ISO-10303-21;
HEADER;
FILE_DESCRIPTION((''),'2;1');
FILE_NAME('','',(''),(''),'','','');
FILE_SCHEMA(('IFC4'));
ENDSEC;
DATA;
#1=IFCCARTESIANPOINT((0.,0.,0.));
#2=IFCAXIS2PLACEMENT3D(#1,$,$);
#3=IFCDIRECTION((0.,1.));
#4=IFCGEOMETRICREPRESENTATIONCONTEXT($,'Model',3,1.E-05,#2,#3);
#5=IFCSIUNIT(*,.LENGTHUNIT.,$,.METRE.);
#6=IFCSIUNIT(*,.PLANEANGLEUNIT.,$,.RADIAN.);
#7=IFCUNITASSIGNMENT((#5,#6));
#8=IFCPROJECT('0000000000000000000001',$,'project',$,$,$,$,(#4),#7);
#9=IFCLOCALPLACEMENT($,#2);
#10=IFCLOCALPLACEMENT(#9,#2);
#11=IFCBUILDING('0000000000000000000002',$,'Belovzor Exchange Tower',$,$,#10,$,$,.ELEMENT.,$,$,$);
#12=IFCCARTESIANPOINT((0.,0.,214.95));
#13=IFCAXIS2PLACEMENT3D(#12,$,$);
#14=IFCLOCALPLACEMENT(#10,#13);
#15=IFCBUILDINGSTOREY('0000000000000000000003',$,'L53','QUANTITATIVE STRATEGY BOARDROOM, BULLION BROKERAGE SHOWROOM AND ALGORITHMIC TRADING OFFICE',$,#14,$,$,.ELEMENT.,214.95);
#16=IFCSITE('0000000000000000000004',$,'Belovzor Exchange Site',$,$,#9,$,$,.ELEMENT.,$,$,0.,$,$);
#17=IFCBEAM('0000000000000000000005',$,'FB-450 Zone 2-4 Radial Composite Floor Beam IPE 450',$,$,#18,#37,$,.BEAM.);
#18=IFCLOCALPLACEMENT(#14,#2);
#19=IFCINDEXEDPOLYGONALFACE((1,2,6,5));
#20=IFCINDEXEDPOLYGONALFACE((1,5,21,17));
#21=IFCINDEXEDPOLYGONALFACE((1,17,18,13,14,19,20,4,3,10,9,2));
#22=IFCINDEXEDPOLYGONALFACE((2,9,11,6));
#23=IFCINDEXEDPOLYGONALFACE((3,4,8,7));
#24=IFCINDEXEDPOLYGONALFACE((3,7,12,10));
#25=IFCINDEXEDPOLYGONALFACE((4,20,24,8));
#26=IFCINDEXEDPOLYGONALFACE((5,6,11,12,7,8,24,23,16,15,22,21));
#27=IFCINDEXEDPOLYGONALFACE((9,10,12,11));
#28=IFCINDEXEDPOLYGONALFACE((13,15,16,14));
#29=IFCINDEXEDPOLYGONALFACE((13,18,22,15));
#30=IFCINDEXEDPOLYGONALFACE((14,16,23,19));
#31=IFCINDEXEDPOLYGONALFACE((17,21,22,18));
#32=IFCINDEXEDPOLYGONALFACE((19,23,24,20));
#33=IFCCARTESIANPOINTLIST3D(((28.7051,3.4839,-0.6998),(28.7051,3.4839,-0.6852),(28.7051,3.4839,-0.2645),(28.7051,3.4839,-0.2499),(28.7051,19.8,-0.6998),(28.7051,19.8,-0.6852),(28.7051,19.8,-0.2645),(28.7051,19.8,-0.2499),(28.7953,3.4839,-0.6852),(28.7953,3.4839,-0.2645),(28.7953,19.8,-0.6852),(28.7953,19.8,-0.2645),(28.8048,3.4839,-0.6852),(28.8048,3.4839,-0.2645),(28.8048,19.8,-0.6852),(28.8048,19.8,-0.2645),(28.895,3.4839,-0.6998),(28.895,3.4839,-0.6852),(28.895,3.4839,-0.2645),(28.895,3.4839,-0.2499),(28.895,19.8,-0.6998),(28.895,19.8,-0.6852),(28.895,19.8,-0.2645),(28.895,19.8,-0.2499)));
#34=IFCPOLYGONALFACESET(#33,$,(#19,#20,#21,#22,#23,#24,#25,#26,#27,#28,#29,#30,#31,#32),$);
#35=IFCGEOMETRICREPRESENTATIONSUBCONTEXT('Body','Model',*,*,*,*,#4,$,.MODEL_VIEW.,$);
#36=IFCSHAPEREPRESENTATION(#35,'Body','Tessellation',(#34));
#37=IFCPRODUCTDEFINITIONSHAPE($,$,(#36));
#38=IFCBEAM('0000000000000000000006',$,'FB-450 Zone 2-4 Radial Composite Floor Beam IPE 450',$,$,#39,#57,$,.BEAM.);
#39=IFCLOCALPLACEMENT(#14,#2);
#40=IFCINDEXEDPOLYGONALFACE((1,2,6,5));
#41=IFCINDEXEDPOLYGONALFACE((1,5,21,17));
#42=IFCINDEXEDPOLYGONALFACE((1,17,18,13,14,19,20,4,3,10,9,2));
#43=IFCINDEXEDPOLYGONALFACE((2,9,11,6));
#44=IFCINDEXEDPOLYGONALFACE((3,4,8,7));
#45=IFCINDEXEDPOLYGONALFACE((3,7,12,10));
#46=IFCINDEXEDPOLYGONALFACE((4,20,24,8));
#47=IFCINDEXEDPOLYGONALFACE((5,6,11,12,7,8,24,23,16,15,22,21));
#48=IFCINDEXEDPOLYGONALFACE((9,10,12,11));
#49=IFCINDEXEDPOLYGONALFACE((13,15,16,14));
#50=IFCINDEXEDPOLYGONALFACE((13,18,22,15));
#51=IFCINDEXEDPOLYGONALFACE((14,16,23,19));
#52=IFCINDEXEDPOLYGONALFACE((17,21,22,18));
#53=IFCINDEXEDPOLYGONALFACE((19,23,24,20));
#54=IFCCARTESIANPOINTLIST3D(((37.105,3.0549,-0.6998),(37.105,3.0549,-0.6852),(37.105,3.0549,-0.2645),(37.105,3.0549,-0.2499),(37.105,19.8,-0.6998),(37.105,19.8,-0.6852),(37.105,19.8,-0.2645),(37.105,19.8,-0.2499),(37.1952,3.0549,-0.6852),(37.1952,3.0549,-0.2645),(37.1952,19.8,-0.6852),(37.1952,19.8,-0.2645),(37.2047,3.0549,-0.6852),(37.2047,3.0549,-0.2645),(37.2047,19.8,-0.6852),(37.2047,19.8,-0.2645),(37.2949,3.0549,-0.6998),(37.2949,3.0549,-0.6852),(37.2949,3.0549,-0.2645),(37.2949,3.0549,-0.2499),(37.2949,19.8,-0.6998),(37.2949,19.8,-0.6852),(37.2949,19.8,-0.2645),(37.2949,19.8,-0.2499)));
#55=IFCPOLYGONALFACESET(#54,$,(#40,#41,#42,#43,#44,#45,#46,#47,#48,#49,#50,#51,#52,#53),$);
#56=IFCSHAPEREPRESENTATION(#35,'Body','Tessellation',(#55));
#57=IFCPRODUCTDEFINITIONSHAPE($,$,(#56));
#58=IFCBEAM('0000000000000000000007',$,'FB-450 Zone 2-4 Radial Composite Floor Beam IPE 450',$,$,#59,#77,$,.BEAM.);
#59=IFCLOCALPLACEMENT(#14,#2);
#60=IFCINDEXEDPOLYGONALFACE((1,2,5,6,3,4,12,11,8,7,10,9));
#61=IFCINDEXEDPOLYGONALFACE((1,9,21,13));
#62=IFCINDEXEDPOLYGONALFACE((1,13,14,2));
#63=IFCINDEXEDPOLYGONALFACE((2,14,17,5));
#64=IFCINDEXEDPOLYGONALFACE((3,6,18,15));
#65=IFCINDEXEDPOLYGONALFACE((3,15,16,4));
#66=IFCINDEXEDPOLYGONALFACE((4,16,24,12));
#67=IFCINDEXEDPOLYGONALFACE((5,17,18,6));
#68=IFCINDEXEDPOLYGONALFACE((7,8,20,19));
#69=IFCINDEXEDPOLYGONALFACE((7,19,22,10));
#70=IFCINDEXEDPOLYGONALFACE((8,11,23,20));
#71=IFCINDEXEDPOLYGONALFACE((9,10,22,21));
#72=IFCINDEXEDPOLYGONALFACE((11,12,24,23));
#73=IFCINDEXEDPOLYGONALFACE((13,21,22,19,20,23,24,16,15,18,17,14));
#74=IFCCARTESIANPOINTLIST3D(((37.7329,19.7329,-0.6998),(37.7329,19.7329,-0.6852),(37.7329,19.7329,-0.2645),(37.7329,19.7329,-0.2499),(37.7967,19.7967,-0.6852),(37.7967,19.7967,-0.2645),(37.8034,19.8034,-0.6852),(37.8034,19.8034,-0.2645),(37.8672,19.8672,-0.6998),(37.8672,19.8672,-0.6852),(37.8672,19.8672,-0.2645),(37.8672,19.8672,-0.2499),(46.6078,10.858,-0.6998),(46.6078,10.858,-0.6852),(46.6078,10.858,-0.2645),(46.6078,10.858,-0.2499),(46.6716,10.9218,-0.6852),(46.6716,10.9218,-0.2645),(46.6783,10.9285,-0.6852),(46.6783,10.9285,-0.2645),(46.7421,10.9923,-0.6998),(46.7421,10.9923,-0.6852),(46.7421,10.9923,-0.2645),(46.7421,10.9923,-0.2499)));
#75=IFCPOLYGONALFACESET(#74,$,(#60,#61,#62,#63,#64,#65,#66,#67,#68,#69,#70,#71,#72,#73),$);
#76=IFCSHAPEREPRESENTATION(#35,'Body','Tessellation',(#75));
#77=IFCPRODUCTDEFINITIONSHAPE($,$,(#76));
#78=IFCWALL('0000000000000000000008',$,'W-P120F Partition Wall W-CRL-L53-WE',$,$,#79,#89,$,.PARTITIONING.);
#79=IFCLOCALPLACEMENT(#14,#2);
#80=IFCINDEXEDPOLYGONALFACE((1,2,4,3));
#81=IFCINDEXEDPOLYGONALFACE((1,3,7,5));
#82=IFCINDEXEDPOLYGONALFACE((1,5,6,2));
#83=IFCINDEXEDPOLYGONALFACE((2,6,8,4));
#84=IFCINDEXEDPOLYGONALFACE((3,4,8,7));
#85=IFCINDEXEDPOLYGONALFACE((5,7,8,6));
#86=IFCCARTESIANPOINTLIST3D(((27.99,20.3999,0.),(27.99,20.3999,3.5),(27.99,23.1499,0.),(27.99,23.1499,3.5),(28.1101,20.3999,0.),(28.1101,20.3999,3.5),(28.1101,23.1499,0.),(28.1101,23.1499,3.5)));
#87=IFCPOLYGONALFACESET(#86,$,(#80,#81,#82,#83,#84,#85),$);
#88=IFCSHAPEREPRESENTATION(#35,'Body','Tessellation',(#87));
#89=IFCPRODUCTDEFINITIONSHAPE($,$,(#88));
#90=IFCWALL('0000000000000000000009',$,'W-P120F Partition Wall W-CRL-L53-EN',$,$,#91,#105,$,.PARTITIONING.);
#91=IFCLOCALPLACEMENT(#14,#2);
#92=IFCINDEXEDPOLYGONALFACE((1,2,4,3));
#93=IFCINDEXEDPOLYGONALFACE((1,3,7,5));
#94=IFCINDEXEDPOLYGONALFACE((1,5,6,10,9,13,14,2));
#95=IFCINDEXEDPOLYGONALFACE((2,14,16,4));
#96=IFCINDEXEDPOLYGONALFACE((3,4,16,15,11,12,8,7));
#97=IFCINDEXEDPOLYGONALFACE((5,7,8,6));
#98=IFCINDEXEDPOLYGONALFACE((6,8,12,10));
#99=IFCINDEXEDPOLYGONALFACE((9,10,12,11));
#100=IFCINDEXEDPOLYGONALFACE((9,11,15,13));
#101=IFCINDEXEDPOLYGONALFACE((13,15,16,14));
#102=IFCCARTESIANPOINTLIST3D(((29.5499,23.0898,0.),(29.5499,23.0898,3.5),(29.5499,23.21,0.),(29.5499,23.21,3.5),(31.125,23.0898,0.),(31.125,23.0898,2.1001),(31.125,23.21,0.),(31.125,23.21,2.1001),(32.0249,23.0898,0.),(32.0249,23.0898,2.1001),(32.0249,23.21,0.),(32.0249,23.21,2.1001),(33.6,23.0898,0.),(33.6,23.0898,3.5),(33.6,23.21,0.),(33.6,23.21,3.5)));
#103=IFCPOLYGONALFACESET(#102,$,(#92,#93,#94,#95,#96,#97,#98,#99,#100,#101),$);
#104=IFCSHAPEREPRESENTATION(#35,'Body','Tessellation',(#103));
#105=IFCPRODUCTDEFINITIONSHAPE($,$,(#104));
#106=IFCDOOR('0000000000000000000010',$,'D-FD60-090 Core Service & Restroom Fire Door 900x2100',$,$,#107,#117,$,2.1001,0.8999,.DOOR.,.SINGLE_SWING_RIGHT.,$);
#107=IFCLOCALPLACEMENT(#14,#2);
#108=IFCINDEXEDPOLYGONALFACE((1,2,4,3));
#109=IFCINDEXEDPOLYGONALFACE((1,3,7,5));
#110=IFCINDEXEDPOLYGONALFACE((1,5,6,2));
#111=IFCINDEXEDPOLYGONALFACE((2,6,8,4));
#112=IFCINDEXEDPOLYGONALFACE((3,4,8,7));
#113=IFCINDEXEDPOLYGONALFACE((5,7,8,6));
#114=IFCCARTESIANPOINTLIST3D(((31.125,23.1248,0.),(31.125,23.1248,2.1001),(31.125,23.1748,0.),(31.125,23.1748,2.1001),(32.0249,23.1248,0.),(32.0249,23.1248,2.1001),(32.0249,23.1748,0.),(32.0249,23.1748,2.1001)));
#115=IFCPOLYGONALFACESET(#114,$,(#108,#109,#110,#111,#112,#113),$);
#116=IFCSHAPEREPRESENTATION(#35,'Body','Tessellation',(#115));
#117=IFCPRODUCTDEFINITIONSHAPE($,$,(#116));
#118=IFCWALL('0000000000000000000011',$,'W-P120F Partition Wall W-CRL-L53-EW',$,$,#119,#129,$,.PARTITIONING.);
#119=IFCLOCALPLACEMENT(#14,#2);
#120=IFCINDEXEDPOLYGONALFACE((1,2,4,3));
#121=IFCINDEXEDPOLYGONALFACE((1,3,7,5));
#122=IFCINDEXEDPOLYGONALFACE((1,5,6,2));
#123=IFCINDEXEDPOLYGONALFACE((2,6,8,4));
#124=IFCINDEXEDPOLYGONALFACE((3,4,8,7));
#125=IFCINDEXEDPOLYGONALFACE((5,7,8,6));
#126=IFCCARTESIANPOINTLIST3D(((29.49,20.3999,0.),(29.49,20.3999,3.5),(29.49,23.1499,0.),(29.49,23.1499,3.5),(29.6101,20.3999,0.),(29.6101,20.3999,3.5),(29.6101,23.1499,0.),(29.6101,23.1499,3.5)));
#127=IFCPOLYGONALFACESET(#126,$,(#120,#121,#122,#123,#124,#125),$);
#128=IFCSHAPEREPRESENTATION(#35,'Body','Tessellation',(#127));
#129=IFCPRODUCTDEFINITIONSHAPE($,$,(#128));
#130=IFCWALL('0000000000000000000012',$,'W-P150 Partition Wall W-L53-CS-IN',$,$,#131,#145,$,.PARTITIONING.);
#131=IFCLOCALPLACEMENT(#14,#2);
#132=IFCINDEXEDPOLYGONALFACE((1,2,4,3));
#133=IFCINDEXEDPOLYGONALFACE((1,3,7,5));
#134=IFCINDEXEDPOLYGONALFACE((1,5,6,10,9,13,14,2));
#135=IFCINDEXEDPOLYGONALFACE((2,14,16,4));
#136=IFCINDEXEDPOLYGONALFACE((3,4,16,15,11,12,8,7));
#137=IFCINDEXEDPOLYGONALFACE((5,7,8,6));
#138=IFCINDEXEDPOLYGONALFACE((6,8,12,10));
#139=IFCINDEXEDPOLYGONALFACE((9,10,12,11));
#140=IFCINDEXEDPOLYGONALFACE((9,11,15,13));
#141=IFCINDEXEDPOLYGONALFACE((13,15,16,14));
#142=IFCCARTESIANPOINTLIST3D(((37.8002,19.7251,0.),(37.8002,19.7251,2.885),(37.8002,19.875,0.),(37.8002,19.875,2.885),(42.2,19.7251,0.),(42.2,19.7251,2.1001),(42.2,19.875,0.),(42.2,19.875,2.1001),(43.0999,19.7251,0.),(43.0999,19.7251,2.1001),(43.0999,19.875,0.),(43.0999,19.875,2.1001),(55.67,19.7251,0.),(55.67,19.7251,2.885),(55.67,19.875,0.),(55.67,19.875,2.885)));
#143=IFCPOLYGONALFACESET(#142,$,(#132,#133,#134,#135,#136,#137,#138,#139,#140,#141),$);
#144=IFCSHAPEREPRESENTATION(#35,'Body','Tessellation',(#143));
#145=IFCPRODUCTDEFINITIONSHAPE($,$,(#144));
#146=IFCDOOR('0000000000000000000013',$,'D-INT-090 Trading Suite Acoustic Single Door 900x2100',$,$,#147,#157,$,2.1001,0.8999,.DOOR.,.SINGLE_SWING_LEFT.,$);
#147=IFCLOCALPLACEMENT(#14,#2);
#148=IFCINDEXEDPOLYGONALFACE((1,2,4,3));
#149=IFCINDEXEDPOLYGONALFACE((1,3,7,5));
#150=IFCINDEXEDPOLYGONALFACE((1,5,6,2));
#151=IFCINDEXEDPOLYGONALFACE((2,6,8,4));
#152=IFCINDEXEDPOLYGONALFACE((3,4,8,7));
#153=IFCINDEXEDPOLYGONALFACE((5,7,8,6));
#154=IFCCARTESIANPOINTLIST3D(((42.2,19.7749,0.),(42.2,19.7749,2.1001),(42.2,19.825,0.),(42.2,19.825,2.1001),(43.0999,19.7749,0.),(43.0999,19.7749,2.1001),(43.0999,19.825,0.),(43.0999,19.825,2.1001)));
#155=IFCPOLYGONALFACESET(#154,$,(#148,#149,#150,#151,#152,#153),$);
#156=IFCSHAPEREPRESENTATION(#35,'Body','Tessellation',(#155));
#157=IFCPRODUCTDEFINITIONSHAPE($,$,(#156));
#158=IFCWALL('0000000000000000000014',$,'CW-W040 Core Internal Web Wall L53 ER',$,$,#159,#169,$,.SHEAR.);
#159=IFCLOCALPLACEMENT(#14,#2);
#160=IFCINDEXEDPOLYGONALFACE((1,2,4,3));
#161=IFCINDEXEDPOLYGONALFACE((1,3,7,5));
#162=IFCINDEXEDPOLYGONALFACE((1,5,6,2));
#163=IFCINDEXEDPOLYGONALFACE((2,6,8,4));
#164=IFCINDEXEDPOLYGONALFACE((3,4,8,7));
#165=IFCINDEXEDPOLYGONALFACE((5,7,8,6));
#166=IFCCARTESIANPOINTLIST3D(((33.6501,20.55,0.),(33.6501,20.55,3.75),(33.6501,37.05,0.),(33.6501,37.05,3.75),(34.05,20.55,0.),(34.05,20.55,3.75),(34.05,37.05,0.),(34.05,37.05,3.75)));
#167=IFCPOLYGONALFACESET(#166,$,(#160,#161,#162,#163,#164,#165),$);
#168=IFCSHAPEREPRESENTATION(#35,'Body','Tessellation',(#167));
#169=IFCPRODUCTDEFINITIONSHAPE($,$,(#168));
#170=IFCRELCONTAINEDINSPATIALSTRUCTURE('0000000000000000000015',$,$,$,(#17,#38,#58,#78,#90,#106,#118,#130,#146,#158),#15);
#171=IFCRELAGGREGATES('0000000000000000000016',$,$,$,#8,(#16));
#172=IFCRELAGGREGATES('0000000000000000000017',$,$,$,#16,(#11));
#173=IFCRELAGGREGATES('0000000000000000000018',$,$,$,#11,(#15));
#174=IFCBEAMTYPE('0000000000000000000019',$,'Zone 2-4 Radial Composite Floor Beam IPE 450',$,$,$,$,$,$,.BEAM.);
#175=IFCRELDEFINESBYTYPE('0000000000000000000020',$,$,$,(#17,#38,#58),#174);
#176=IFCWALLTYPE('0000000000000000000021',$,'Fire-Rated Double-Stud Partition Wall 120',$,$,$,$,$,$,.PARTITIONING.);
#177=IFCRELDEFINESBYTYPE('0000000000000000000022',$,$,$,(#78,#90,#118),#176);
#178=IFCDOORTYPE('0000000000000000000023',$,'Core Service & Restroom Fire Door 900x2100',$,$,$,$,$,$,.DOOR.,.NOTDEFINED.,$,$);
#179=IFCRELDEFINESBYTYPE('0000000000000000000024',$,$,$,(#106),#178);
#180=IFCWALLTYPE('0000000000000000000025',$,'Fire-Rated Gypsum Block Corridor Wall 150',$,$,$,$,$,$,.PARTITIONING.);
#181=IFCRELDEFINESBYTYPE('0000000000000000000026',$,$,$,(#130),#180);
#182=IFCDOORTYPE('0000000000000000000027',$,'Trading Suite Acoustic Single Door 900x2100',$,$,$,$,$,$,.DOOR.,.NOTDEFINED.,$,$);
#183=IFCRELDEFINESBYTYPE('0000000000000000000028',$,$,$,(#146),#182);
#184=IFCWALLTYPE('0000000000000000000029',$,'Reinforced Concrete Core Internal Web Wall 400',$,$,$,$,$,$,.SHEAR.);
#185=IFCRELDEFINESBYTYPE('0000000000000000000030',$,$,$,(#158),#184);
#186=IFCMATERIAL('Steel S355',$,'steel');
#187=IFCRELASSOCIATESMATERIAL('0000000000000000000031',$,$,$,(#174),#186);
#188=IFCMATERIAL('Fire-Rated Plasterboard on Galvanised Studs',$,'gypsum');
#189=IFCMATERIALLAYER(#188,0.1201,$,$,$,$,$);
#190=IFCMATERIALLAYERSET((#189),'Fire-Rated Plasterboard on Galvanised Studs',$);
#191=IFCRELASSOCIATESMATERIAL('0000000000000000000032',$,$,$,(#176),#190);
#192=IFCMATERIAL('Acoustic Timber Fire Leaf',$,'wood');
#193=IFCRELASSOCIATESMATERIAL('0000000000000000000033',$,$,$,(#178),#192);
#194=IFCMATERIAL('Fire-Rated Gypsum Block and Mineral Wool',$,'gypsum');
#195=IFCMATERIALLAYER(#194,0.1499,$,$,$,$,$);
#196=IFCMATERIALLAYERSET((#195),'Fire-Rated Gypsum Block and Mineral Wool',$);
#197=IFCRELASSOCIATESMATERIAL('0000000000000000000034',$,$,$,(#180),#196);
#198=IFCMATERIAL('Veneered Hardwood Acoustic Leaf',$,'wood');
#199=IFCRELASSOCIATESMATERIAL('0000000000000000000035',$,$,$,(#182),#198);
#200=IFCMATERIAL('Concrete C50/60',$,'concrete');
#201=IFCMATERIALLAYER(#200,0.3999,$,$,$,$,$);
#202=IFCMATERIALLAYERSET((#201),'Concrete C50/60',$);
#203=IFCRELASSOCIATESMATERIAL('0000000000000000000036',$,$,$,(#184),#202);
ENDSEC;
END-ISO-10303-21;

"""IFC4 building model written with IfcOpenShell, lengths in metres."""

from ifc_helpers import new_model, si_unit, direction, frame, frame_2d, origin, origin_2d, place, context, subcontext, project, spatial, rectangle, i_section, extrude, material, layer, layer_set, material_profile, profile_set, type_object, element, fill, save


model = new_model("IFC4")

# Units and contexts
model_context = context("Model", 3, precision=1e-05, world=origin(), true_north=direction((0.0, 1.0)))
body_context = subcontext(model_context, "Body", "Model", "MODEL_VIEW")
ifc_project = project(units=[si_unit("LENGTHUNIT", "METRE"), si_unit("PLANEANGLEUNIT", "RADIAN")], contexts=[model_context])

# Site, building, storey
site_placement = place(None, origin())
site = spatial("IfcSite", under=ifc_project, at=site_placement, Name="Belovzor Exchange Site", CompositionType="ELEMENT", RefElevation=0.0)
building_placement = place(site_placement, origin())
building = spatial("IfcBuilding", under=site, at=building_placement, Name="Belovzor Exchange Tower", CompositionType="ELEMENT")
storey_placement = place(building_placement, frame((0.0, 0.0, 214.95)))
storey = spatial("IfcBuildingStorey", under=building, at=storey_placement, Name="L53", Description="QUANTITATIVE STRATEGY BOARDROOM, BULLION BROKERAGE SHOWROOM AND ALGORITHMIC TRADING OFFICE", CompositionType="ELEMENT", Elevation=214.95)

# Beams
ifc_material_1 = material(Name="Steel S355", Category="steel")
ifc_material_profile = material_profile(ifc_material_1, i_section(OverallWidth=0.1899, OverallDepth=0.45, WebThickness=0.0095, FlangeThickness=0.0146, at=origin_2d()))
ifc_profile_set = profile_set([ifc_material_profile], Name="Steel S355")
beam_type = type_object("IfcBeamType", Name="Zone 2-4 Radial Composite Floor Beam IPE 450", PredefinedType="BEAM", material=ifc_profile_set)
beam_1_placement = place(storey_placement, frame((28.8, 19.8, -0.4749), z_axis=(0.0, -1.0, 0.0), x_axis=(1.0, 0.0, 0.0)))
element("IfcBeam", 1, at=beam_1_placement, inside=storey, type_object=beam_type, Name="FB-450 Zone 2-4 Radial Composite Floor Beam IPE 450", PredefinedType="BEAM", context=body_context, shape_type="SweptSolid", body=[
    extrude(i_section(OverallWidth=0.1899, OverallDepth=0.45, WebThickness=0.0095, FlangeThickness=0.0146, at=origin_2d()), origin(), (0.0, 0.0, 1.0), 16.3162),
])
beam_2_placement = place(storey_placement, frame((37.2, 19.8, -0.4749), z_axis=(0.0, -1.0, 0.0), x_axis=(1.0, 0.0, 0.0)))
element("IfcBeam", 2, at=beam_2_placement, inside=storey, type_object=beam_type, Name="FB-450 Zone 2-4 Radial Composite Floor Beam IPE 450", PredefinedType="BEAM", context=body_context, shape_type="SweptSolid", body=[
    extrude(i_section(OverallWidth=0.1899, OverallDepth=0.45, WebThickness=0.0095, FlangeThickness=0.0146, at=origin_2d()), origin(), (0.0, 0.0, 1.0), 16.7451),
])
beam_3_placement = place(storey_placement, frame((37.8, 19.8, -0.4749), z_axis=(0.707107, -0.707107, 0.0), x_axis=(0.707107, 0.707107, 0.0)))
element("IfcBeam", 3, at=beam_3_placement, inside=storey, type_object=beam_type, Name="FB-450 Zone 2-4 Radial Composite Floor Beam IPE 450", PredefinedType="BEAM", context=body_context, shape_type="SweptSolid", body=[
    extrude(i_section(OverallWidth=0.1899, OverallDepth=0.45, WebThickness=0.0095, FlangeThickness=0.0146, at=origin_2d()), origin(), (0.0, 0.0, 1.0), 12.551),
])

# Wall
ifc_material_2 = material(Name="Fire-Rated Plasterboard on Galvanised Studs", Category="gypsum")
ifc_layer_1 = layer(ifc_material_2, 0.1201)
ifc_layer_set_1 = layer_set([ifc_layer_1], Name="Fire-Rated Plasterboard on Galvanised Studs")
wall_type_1 = type_object("IfcWallType", Name="Fire-Rated Double-Stud Partition Wall 120", PredefinedType="PARTITIONING", material=ifc_layer_set_1)
wall_1_placement = place(storey_placement, frame((28.05, 20.3999, 0.0), z_axis=(0.0, 0.0, 1.0), x_axis=(0.0, 1.0, 0.0)))
element("IfcWall", 4, at=wall_1_placement, inside=storey, type_object=wall_type_1, Name="W-P120F Partition Wall W-CRL-L53-WE", PredefinedType="PARTITIONING", context=body_context, shape_type="SweptSolid", body=[
    extrude(rectangle(XDim=2.75, YDim=0.1201, at=frame_2d((1.375, 0.0))), origin(), (0.0, 0.0, 1.0), 3.5),
])

# Wall, opening, door
wall_2_placement = place(storey_placement, frame((29.55, 23.1499, 0.0), z_axis=(0.0, 0.0, 1.0), x_axis=(1.0, 0.0, 0.0)))
wall_2 = element("IfcWall", 5, at=wall_2_placement, inside=storey, type_object=wall_type_1, Name="W-P120F Partition Wall W-CRL-L53-EN", PredefinedType="PARTITIONING", context=body_context, shape_type="SweptSolid", body=[
    extrude(rectangle(XDim=4.05, YDim=0.1201, at=frame_2d((2.0249, 0.0))), origin(), (0.0, 0.0, 1.0), 3.5),
])
opening_1_placement = place(wall_2_placement, frame((1.575, 0.0, 0.0)))
opening_1 = element("IfcOpeningElement", 6, at=opening_1_placement, cuts=wall_2, PredefinedType="OPENING", context=body_context, shape_type="SweptSolid", body=[
    extrude(rectangle(XDim=0.8999, YDim=2.1001, at=frame_2d((0.45, 1.05))), frame((0.0, 0.0701, 0.0), z_axis=(0.0, -1.0, 0.0), x_axis=(1.0, 0.0, 0.0)), (0.0, 0.0, 1.0), 0.1401),
])
ifc_material_3 = material(Name="Acoustic Timber Fire Leaf", Category="wood")
door_type_1 = type_object("IfcDoorType", Name="Core Service & Restroom Fire Door 900x2100", OperationType="NOTDEFINED", PredefinedType="DOOR", material=ifc_material_3)
door_1_placement = place(opening_1_placement, origin())
door_1 = element("IfcDoor", 7, at=door_1_placement, inside=storey, type_object=door_type_1, Name="D-FD60-090 Core Service & Restroom Fire Door 900x2100", OperationType="SINGLE_SWING_RIGHT", OverallHeight=2.1001, OverallWidth=0.8999, PredefinedType="DOOR", context=body_context, shape_type="SweptSolid", body=[
    extrude(rectangle(XDim=0.8999, YDim=2.1001, at=frame_2d((0.45, 1.05))), frame((0.0, 0.0249, 0.0), z_axis=(0.0, -1.0, 0.0), x_axis=(1.0, 0.0, 0.0)), (0.0, 0.0, 1.0), 0.05),
])
fill(opening_1, door_1)

# Wall
wall_3_placement = place(storey_placement, frame((29.55, 20.3999, 0.0), z_axis=(0.0, 0.0, 1.0), x_axis=(0.0, 1.0, 0.0)))
element("IfcWall", 8, at=wall_3_placement, inside=storey, type_object=wall_type_1, Name="W-P120F Partition Wall W-CRL-L53-EW", PredefinedType="PARTITIONING", context=body_context, shape_type="SweptSolid", body=[
    extrude(rectangle(XDim=2.75, YDim=0.1201, at=frame_2d((1.375, 0.0))), origin(), (0.0, 0.0, 1.0), 3.5),
])

# Wall, opening, door
ifc_material_4 = material(Name="Fire-Rated Gypsum Block and Mineral Wool", Category="gypsum")
ifc_layer_2 = layer(ifc_material_4, 0.1499)
ifc_layer_set_2 = layer_set([ifc_layer_2], Name="Fire-Rated Gypsum Block and Mineral Wool")
wall_type_2 = type_object("IfcWallType", Name="Fire-Rated Gypsum Block Corridor Wall 150", PredefinedType="PARTITIONING", material=ifc_layer_set_2)
wall_4_placement = place(storey_placement, frame((37.8, 19.8, 0.0), z_axis=(0.0, 0.0, 1.0), x_axis=(1.0, 0.0, 0.0)))
wall_4 = element("IfcWall", 9, at=wall_4_placement, inside=storey, type_object=wall_type_2, Name="W-P150 Partition Wall W-L53-CS-IN", PredefinedType="PARTITIONING", context=body_context, shape_type="SweptSolid", body=[
    extrude(rectangle(XDim=17.8699, YDim=0.1499, at=frame_2d((8.9351, 0.0))), origin(), (0.0, 0.0, 1.0), 2.885),
])
opening_2_placement = place(wall_4_placement, frame((4.3999, 0.0, 0.0)))
opening_2 = element("IfcOpeningElement", 10, at=opening_2_placement, cuts=wall_4, PredefinedType="OPENING", context=body_context, shape_type="SweptSolid", body=[
    extrude(rectangle(XDim=0.8999, YDim=2.1001, at=frame_2d((0.45, 1.05))), frame((0.0, 0.085, 0.0), z_axis=(0.0, -1.0, 0.0), x_axis=(1.0, 0.0, 0.0)), (0.0, 0.0, 1.0), 0.1699),
])
ifc_material_5 = material(Name="Veneered Hardwood Acoustic Leaf", Category="wood")
door_type_2 = type_object("IfcDoorType", Name="Trading Suite Acoustic Single Door 900x2100", OperationType="NOTDEFINED", PredefinedType="DOOR", material=ifc_material_5)
door_2_placement = place(opening_2_placement, origin())
door_2 = element("IfcDoor", 11, at=door_2_placement, inside=storey, type_object=door_type_2, Name="D-INT-090 Trading Suite Acoustic Single Door 900x2100", OperationType="SINGLE_SWING_LEFT", OverallHeight=2.1001, OverallWidth=0.8999, PredefinedType="DOOR", context=body_context, shape_type="SweptSolid", body=[
    extrude(rectangle(XDim=0.8999, YDim=2.1001, at=frame_2d((0.45, 1.05))), frame((0.0, 0.0249, 0.0), z_axis=(0.0, -1.0, 0.0), x_axis=(1.0, 0.0, 0.0)), (0.0, 0.0, 1.0), 0.05),
])
fill(opening_2, door_2)

# Wall
ifc_material_6 = material(Name="Concrete C50/60", Category="concrete")
ifc_layer_3 = layer(ifc_material_6, 0.3999)
ifc_layer_set_3 = layer_set([ifc_layer_3], Name="Concrete C50/60")
wall_type_3 = type_object("IfcWallType", Name="Reinforced Concrete Core Internal Web Wall 400", PredefinedType="SHEAR", material=ifc_layer_set_3)
wall_5_placement = place(storey_placement, frame((33.8501, 20.55, 0.0), z_axis=(0.0, 0.0, 1.0), x_axis=(0.0, 1.0, 0.0)))
element("IfcWall", 12, at=wall_5_placement, inside=storey, type_object=wall_type_3, Name="CW-W040 Core Internal Web Wall L53 ER", PredefinedType="SHEAR", context=body_context, shape_type="SweptSolid", body=[
    extrude(rectangle(XDim=16.5, YDim=0.3999, at=frame_2d((8.25, 0.0))), origin(), (0.0, 0.0, 1.0), 3.75),
])

save(model, "model.ifc")
